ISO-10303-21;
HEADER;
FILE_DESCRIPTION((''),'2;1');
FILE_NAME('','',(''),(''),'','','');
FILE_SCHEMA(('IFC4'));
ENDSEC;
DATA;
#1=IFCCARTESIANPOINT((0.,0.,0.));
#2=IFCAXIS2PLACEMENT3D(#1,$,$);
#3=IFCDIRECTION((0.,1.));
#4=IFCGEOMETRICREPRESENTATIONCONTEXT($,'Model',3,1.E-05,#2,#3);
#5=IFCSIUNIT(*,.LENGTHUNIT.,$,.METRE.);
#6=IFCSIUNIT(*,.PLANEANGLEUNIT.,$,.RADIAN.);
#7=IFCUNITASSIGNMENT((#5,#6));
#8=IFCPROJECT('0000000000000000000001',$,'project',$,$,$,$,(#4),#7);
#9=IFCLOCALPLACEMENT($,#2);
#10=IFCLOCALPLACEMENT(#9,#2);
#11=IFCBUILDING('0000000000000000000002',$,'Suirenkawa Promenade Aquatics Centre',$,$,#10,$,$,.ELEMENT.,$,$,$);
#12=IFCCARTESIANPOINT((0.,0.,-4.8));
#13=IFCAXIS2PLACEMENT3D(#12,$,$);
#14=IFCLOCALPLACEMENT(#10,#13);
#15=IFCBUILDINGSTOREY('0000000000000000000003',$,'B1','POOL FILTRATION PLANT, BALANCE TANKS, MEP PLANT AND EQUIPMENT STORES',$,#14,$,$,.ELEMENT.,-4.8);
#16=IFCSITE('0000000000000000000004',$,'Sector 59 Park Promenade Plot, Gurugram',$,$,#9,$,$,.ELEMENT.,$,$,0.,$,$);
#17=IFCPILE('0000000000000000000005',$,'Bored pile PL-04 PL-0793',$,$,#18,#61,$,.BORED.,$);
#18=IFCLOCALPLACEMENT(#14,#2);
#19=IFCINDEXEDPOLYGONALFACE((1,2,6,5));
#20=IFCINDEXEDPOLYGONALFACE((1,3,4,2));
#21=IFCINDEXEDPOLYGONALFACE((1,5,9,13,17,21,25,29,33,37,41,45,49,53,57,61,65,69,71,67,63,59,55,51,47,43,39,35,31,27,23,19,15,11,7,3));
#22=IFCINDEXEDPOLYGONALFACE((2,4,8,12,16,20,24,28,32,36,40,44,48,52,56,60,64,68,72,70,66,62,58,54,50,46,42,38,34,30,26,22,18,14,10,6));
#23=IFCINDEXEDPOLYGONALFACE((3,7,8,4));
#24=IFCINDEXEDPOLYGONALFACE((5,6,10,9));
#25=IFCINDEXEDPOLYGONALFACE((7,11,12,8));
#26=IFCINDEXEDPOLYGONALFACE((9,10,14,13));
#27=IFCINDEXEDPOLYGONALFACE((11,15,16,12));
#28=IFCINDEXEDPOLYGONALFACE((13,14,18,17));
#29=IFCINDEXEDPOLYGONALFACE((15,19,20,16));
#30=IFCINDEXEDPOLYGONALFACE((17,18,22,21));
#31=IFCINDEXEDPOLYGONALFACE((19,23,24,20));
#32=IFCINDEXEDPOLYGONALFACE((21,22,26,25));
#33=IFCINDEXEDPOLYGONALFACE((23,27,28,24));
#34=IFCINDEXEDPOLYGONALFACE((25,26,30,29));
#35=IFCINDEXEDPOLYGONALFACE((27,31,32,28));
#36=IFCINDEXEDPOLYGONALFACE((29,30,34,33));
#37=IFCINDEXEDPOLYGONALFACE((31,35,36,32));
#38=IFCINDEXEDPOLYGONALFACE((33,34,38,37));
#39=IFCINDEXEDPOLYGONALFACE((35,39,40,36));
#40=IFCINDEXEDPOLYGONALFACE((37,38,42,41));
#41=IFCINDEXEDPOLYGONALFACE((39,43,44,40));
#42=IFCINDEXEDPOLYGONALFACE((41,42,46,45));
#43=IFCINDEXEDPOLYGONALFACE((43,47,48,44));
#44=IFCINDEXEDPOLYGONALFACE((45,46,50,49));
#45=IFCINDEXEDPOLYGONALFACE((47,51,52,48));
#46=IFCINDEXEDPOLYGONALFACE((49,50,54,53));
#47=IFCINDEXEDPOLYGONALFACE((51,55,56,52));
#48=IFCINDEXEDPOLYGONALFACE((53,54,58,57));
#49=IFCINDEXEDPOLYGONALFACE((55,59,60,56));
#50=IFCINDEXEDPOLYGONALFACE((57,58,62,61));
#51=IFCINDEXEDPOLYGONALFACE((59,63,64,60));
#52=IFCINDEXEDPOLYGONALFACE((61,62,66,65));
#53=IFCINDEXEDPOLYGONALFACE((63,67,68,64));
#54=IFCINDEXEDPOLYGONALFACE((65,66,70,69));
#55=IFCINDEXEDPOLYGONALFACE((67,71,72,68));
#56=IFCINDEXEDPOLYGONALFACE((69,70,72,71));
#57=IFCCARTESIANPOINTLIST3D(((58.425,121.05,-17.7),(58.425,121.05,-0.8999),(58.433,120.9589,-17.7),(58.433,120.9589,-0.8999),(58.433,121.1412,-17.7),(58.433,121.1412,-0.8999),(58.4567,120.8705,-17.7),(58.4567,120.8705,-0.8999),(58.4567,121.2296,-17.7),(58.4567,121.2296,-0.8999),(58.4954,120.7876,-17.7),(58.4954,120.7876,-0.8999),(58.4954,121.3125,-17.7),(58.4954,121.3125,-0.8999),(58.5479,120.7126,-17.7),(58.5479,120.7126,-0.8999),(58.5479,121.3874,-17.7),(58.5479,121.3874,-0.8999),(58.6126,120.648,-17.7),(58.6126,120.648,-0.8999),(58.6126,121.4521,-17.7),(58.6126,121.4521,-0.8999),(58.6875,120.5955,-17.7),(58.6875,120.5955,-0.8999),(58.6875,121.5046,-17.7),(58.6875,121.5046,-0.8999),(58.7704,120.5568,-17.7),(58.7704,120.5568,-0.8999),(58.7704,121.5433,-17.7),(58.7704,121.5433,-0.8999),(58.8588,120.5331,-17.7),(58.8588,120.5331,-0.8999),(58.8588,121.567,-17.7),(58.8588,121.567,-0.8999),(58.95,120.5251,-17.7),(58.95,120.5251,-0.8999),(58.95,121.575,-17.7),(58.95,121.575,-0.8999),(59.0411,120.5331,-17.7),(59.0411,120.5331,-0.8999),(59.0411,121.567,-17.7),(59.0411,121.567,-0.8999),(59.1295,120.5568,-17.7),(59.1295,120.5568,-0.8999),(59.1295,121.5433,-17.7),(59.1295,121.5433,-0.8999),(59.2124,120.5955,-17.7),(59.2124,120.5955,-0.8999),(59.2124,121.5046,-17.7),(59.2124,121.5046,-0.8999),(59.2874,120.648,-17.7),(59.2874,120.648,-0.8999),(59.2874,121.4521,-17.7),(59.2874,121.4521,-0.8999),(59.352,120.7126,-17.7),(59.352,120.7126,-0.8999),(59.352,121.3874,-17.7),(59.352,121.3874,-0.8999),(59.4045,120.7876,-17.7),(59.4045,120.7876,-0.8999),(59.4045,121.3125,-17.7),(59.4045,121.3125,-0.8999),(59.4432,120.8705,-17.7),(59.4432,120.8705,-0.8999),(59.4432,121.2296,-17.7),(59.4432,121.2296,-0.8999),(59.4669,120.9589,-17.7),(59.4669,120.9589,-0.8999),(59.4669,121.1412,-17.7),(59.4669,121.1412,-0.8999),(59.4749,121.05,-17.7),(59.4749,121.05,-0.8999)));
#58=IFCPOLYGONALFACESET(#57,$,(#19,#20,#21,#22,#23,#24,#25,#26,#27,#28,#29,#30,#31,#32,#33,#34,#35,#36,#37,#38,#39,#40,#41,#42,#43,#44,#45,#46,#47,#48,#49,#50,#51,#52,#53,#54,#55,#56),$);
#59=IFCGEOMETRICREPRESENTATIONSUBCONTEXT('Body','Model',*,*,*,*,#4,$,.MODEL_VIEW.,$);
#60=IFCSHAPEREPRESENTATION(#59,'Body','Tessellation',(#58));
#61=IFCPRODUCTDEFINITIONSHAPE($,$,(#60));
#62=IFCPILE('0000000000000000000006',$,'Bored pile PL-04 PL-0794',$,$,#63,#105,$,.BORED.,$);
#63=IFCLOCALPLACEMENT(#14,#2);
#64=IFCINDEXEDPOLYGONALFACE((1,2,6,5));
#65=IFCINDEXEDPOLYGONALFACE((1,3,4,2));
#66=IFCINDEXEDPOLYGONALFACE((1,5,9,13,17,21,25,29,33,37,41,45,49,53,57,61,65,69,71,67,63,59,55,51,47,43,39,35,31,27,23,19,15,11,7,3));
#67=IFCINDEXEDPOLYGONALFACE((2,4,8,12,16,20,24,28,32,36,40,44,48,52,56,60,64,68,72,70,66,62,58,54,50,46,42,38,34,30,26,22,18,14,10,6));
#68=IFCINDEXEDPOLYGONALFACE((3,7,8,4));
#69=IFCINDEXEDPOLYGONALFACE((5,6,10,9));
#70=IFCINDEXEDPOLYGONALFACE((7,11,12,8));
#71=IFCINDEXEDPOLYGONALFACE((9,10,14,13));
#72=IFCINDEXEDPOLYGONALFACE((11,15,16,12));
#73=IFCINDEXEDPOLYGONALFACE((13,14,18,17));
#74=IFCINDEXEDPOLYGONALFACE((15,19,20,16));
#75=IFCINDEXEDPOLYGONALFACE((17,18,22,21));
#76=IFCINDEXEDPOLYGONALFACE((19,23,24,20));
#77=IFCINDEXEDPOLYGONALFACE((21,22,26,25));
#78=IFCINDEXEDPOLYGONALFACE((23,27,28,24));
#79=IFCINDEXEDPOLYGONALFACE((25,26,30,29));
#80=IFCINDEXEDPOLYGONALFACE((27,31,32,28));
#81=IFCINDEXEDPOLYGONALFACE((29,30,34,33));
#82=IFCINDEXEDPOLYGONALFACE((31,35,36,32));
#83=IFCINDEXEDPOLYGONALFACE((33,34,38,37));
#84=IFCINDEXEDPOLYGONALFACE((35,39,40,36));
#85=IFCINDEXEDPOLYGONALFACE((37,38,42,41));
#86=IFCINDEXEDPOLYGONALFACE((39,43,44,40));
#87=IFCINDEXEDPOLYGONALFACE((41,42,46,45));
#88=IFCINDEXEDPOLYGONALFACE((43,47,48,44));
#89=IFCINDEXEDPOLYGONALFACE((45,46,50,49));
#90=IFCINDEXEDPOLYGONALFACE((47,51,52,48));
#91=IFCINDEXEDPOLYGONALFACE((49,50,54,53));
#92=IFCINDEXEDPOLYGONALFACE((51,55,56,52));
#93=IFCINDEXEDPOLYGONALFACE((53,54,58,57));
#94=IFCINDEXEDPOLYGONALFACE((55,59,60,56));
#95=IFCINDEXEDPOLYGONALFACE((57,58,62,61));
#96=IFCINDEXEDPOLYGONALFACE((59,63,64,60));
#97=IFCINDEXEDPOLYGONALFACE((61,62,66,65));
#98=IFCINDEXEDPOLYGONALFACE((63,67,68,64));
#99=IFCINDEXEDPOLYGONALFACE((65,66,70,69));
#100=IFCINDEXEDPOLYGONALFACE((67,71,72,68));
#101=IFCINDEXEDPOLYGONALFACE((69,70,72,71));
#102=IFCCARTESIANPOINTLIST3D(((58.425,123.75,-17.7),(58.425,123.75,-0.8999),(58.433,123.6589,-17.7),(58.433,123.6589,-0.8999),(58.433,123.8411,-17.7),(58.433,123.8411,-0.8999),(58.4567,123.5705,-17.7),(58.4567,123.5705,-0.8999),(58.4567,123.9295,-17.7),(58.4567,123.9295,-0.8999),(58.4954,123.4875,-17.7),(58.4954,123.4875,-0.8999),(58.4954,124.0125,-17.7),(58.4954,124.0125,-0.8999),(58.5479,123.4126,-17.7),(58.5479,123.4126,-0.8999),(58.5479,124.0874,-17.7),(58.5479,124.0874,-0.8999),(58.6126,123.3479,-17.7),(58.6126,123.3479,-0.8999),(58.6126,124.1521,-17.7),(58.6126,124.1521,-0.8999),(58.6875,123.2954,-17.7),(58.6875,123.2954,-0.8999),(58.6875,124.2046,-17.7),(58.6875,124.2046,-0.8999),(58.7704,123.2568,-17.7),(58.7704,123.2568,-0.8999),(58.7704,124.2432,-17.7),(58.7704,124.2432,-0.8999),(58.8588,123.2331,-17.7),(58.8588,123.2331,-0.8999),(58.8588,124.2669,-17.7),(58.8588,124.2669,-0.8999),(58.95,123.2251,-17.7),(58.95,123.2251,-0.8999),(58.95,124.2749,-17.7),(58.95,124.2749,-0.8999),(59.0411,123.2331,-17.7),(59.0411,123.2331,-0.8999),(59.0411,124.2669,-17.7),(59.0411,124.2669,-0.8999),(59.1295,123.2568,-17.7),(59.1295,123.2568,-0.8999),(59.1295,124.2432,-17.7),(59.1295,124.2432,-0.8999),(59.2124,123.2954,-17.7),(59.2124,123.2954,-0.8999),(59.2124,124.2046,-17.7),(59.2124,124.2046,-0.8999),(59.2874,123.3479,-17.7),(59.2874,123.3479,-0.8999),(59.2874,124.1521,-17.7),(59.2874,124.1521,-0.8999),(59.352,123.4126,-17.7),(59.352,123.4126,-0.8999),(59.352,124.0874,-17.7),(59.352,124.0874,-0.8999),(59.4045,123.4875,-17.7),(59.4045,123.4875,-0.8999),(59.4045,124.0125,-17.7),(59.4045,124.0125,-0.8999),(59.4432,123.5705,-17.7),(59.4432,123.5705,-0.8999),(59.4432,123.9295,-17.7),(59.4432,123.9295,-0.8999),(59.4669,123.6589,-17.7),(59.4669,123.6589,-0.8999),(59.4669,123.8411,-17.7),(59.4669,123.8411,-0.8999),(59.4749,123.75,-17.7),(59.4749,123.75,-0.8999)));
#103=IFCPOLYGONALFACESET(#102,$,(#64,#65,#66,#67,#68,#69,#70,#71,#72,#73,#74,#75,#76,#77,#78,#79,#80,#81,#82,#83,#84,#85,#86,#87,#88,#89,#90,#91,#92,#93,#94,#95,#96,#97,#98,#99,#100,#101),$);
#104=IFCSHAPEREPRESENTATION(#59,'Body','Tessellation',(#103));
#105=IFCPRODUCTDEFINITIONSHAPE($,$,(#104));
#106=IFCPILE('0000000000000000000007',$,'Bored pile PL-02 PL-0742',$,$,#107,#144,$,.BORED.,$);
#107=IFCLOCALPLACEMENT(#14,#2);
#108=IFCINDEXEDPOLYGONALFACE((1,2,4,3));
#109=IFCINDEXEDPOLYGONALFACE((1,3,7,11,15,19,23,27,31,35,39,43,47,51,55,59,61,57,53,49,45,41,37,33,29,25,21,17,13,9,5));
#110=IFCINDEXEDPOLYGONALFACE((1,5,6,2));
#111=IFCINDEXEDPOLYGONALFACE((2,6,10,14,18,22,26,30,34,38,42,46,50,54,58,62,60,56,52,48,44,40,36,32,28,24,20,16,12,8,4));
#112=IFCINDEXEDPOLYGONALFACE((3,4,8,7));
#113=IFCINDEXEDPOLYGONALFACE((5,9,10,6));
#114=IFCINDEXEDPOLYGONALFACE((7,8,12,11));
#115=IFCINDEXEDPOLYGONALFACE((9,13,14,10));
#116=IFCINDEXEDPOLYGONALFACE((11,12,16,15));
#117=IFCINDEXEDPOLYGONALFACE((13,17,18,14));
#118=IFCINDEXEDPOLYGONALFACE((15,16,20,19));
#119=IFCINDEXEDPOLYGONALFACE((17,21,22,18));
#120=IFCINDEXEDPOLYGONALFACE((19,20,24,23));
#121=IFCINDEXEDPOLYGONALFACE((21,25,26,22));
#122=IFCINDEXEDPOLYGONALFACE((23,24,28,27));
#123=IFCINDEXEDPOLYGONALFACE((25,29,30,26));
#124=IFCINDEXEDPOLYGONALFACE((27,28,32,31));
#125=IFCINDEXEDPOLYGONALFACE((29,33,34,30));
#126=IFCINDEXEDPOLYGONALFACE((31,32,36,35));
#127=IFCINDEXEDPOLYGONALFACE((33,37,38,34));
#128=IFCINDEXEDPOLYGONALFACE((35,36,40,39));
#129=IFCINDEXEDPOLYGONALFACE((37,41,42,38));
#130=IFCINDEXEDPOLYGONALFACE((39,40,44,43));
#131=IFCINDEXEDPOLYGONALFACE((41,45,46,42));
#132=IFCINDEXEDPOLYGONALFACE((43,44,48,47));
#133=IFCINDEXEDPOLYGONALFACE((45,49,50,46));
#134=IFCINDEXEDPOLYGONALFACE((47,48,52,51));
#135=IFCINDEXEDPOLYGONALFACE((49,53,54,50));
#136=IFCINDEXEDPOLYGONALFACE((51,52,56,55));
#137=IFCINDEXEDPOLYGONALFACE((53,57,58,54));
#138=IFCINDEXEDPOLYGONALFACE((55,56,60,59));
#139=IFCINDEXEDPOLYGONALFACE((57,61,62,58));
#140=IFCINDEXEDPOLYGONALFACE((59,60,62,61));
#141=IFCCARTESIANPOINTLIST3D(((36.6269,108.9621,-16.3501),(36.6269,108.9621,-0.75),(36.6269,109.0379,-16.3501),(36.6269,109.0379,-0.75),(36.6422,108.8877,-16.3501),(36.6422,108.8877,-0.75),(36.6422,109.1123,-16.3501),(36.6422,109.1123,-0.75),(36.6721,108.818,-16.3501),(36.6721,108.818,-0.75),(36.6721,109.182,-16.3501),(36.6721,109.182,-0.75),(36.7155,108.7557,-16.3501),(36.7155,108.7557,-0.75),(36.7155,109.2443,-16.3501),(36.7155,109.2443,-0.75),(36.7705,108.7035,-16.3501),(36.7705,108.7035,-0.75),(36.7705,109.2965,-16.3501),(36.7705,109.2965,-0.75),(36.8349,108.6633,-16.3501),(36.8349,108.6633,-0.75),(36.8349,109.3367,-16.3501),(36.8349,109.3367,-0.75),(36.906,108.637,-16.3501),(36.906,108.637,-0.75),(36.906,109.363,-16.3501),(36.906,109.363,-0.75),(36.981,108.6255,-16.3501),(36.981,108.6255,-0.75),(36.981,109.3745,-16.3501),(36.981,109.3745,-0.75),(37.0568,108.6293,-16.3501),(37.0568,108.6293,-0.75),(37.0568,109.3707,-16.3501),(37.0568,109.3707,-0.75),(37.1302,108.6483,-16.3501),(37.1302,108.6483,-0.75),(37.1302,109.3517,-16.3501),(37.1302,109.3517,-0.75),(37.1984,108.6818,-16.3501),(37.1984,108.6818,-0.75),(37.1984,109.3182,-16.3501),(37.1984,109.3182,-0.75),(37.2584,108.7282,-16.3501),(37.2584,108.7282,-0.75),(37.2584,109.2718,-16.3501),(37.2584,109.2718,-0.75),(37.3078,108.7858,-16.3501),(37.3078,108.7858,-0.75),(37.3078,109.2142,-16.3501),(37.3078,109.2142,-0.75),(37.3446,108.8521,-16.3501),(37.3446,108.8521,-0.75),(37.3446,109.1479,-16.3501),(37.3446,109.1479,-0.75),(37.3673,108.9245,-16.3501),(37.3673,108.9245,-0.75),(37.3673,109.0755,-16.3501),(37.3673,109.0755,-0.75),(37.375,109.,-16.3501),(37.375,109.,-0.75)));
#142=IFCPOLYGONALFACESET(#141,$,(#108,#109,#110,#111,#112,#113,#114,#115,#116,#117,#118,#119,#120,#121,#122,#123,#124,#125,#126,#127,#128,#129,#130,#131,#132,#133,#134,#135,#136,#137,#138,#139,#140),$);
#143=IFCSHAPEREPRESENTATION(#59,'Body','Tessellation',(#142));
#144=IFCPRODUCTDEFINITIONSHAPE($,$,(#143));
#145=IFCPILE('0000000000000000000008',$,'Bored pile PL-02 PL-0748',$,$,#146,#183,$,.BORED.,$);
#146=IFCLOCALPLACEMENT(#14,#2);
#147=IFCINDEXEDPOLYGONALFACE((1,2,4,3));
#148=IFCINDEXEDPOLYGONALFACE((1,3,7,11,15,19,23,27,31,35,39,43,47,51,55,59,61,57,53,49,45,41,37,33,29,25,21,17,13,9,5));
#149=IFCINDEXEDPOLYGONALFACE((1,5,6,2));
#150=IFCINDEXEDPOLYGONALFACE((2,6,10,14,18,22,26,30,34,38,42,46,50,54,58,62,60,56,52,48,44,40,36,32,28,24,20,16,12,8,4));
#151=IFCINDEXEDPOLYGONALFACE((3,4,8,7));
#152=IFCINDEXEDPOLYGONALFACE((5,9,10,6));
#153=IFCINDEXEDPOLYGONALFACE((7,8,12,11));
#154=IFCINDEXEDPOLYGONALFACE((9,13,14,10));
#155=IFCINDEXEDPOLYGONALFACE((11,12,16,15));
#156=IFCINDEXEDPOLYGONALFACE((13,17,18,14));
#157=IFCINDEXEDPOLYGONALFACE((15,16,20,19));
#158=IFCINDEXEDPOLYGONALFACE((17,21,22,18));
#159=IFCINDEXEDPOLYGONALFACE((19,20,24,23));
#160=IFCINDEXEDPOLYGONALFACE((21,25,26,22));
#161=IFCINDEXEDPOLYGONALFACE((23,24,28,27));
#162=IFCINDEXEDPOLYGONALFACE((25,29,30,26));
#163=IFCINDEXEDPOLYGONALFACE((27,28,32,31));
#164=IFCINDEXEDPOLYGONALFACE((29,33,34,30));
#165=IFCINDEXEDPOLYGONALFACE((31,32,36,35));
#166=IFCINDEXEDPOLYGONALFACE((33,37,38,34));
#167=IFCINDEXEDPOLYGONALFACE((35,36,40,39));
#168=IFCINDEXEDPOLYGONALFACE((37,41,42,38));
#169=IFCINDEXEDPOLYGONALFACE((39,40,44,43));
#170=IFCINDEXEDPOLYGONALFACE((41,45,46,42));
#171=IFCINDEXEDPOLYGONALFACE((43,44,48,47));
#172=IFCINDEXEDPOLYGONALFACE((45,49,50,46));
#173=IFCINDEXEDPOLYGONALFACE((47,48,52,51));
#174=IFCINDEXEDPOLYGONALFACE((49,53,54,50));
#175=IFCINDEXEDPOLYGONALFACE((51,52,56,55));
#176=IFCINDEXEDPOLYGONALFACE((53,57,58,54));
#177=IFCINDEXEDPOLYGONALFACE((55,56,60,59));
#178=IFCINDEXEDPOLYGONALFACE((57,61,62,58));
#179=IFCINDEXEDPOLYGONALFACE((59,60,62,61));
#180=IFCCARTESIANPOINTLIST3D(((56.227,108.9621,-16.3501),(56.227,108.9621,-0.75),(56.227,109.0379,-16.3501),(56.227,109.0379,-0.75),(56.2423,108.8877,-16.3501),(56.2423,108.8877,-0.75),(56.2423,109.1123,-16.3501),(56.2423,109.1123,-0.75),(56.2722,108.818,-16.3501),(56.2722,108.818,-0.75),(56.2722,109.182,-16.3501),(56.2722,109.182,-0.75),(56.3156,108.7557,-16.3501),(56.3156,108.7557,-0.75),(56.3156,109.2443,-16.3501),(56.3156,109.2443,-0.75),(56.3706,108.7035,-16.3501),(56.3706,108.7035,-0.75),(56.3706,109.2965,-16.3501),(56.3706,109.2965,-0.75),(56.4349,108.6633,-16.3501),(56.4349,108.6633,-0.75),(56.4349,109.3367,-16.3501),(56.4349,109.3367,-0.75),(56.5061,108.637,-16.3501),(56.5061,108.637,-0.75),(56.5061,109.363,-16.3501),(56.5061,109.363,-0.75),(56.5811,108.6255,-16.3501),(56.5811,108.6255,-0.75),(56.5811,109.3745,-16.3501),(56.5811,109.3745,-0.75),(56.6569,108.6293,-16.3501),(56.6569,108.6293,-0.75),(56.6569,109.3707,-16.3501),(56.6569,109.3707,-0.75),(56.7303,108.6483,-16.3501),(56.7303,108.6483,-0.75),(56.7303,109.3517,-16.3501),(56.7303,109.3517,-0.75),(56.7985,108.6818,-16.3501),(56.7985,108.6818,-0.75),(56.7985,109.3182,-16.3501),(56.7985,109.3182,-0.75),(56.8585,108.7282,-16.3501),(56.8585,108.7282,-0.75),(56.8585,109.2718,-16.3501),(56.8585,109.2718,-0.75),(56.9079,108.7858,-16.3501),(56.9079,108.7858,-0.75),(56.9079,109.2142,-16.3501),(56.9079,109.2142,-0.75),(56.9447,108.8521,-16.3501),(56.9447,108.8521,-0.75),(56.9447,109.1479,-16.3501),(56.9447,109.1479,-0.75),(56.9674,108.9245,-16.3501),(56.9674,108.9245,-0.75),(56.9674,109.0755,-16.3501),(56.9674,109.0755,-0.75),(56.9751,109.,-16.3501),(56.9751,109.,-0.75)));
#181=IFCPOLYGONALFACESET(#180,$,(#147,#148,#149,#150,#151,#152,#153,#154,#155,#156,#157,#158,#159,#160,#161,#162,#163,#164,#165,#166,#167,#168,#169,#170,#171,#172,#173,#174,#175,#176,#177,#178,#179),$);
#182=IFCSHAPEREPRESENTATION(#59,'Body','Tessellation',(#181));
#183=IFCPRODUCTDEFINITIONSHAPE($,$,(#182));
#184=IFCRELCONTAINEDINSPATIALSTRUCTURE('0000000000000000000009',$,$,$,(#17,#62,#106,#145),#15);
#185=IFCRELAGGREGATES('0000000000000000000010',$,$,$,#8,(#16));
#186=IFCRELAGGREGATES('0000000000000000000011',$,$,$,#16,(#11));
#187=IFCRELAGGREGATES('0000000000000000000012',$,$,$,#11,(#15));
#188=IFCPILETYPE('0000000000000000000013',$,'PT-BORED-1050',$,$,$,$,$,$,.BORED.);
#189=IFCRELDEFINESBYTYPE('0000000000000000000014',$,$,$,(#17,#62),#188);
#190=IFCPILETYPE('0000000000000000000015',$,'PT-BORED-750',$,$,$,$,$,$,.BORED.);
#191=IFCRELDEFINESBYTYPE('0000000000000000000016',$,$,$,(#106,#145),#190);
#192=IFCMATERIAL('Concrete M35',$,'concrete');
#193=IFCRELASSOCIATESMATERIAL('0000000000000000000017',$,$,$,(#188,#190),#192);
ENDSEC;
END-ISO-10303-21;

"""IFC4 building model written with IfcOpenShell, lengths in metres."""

from ifc_helpers import new_model, si_unit, direction, frame, origin, origin_2d, place, context, subcontext, project, spatial, circle, extrude, material, material_profile, profile_set, type_object, element, save


model = new_model("IFC4")

# Units and contexts
model_context = context("Model", 3, precision=1e-05, world=origin(), true_north=direction((0.0, 1.0)))
body_context = subcontext(model_context, "Body", "Model", "MODEL_VIEW")
ifc_project = project(units=[si_unit("LENGTHUNIT", "METRE"), si_unit("PLANEANGLEUNIT", "RADIAN")], contexts=[model_context])

# Site, building, storey
site_placement = place(None, origin())
site = spatial("IfcSite", under=ifc_project, at=site_placement, Name="Sector 59 Park Promenade Plot, Gurugram", CompositionType="ELEMENT", RefElevation=0.0)
building_placement = place(site_placement, origin())
building = spatial("IfcBuilding", under=site, at=building_placement, Name="Suirenkawa Promenade Aquatics Centre", CompositionType="ELEMENT")
storey_placement = place(building_placement, frame((0.0, 0.0, -4.8)))
storey = spatial("IfcBuildingStorey", under=building, at=storey_placement, Name="B1", Description="POOL FILTRATION PLANT, BALANCE TANKS, MEP PLANT AND EQUIPMENT STORES", CompositionType="ELEMENT", Elevation=-4.8)

# Shared definitions
ifc_material_1 = material(Name="Concrete M35", Category="concrete")

# Piles
ifc_material_profile_1 = material_profile(ifc_material_1, circle(Radius=0.5249, at=origin_2d()), Name="PILE D1050", Category="concrete")
ifc_profile_set_1 = profile_set([ifc_material_profile_1], Name="Concrete M35")
pile_type_1 = type_object("IfcPileType", Name="PT-BORED-1050", PredefinedType="BORED", material=ifc_profile_set_1)
for number, where, z_axis, x_axis, name in (
    (1, (58.95, 121.05, -0.8999), (0.0, 0.0, -1.0), (1.0, 0.0, 0.0), "Bored pile PL-04 PL-0793"),
    (2, (58.95, 123.75, -0.8999), (0.0, 0.0, -1.0), (1.0, 0.0, 0.0), "Bored pile PL-04 PL-0794"),
):
    element("IfcPile", number, at=place(storey_placement, frame(where, z_axis=z_axis, x_axis=x_axis)), inside=storey, type_object=pile_type_1, Name=name, PredefinedType="BORED", context=body_context, shape_type="SweptSolid", body=[
        extrude(circle(Radius=0.5249, at=origin_2d()), origin(), (0.0, 0.0, 1.0), 16.8),
    ])
ifc_material_profile_2 = material_profile(ifc_material_1, circle(Radius=0.375, at=origin_2d()), Name="PILE D750", Category="concrete")
ifc_profile_set_2 = profile_set([ifc_material_profile_2], Name="Concrete M35")
pile_type_2 = type_object("IfcPileType", Name="PT-BORED-750", PredefinedType="BORED", material=ifc_profile_set_2)
for number, where, z_axis, x_axis, name in (
    (3, (37.0, 109.0, -0.75), (0.0, 0.0, -1.0), (1.0, 0.0, 0.0), "Bored pile PL-02 PL-0742"),
    (4, (56.6001, 109.0, -0.75), (0.0, 0.0, -1.0), (1.0, 0.0, 0.0), "Bored pile PL-02 PL-0748"),
):
    element("IfcPile", number, at=place(storey_placement, frame(where, z_axis=z_axis, x_axis=x_axis)), inside=storey, type_object=pile_type_2, Name=name, PredefinedType="BORED", context=body_context, shape_type="SweptSolid", body=[
        extrude(circle(Radius=0.375, at=origin_2d()), origin(), (0.0, 0.0, 1.0), 15.6001),
    ])

save(model, "model.ifc")
